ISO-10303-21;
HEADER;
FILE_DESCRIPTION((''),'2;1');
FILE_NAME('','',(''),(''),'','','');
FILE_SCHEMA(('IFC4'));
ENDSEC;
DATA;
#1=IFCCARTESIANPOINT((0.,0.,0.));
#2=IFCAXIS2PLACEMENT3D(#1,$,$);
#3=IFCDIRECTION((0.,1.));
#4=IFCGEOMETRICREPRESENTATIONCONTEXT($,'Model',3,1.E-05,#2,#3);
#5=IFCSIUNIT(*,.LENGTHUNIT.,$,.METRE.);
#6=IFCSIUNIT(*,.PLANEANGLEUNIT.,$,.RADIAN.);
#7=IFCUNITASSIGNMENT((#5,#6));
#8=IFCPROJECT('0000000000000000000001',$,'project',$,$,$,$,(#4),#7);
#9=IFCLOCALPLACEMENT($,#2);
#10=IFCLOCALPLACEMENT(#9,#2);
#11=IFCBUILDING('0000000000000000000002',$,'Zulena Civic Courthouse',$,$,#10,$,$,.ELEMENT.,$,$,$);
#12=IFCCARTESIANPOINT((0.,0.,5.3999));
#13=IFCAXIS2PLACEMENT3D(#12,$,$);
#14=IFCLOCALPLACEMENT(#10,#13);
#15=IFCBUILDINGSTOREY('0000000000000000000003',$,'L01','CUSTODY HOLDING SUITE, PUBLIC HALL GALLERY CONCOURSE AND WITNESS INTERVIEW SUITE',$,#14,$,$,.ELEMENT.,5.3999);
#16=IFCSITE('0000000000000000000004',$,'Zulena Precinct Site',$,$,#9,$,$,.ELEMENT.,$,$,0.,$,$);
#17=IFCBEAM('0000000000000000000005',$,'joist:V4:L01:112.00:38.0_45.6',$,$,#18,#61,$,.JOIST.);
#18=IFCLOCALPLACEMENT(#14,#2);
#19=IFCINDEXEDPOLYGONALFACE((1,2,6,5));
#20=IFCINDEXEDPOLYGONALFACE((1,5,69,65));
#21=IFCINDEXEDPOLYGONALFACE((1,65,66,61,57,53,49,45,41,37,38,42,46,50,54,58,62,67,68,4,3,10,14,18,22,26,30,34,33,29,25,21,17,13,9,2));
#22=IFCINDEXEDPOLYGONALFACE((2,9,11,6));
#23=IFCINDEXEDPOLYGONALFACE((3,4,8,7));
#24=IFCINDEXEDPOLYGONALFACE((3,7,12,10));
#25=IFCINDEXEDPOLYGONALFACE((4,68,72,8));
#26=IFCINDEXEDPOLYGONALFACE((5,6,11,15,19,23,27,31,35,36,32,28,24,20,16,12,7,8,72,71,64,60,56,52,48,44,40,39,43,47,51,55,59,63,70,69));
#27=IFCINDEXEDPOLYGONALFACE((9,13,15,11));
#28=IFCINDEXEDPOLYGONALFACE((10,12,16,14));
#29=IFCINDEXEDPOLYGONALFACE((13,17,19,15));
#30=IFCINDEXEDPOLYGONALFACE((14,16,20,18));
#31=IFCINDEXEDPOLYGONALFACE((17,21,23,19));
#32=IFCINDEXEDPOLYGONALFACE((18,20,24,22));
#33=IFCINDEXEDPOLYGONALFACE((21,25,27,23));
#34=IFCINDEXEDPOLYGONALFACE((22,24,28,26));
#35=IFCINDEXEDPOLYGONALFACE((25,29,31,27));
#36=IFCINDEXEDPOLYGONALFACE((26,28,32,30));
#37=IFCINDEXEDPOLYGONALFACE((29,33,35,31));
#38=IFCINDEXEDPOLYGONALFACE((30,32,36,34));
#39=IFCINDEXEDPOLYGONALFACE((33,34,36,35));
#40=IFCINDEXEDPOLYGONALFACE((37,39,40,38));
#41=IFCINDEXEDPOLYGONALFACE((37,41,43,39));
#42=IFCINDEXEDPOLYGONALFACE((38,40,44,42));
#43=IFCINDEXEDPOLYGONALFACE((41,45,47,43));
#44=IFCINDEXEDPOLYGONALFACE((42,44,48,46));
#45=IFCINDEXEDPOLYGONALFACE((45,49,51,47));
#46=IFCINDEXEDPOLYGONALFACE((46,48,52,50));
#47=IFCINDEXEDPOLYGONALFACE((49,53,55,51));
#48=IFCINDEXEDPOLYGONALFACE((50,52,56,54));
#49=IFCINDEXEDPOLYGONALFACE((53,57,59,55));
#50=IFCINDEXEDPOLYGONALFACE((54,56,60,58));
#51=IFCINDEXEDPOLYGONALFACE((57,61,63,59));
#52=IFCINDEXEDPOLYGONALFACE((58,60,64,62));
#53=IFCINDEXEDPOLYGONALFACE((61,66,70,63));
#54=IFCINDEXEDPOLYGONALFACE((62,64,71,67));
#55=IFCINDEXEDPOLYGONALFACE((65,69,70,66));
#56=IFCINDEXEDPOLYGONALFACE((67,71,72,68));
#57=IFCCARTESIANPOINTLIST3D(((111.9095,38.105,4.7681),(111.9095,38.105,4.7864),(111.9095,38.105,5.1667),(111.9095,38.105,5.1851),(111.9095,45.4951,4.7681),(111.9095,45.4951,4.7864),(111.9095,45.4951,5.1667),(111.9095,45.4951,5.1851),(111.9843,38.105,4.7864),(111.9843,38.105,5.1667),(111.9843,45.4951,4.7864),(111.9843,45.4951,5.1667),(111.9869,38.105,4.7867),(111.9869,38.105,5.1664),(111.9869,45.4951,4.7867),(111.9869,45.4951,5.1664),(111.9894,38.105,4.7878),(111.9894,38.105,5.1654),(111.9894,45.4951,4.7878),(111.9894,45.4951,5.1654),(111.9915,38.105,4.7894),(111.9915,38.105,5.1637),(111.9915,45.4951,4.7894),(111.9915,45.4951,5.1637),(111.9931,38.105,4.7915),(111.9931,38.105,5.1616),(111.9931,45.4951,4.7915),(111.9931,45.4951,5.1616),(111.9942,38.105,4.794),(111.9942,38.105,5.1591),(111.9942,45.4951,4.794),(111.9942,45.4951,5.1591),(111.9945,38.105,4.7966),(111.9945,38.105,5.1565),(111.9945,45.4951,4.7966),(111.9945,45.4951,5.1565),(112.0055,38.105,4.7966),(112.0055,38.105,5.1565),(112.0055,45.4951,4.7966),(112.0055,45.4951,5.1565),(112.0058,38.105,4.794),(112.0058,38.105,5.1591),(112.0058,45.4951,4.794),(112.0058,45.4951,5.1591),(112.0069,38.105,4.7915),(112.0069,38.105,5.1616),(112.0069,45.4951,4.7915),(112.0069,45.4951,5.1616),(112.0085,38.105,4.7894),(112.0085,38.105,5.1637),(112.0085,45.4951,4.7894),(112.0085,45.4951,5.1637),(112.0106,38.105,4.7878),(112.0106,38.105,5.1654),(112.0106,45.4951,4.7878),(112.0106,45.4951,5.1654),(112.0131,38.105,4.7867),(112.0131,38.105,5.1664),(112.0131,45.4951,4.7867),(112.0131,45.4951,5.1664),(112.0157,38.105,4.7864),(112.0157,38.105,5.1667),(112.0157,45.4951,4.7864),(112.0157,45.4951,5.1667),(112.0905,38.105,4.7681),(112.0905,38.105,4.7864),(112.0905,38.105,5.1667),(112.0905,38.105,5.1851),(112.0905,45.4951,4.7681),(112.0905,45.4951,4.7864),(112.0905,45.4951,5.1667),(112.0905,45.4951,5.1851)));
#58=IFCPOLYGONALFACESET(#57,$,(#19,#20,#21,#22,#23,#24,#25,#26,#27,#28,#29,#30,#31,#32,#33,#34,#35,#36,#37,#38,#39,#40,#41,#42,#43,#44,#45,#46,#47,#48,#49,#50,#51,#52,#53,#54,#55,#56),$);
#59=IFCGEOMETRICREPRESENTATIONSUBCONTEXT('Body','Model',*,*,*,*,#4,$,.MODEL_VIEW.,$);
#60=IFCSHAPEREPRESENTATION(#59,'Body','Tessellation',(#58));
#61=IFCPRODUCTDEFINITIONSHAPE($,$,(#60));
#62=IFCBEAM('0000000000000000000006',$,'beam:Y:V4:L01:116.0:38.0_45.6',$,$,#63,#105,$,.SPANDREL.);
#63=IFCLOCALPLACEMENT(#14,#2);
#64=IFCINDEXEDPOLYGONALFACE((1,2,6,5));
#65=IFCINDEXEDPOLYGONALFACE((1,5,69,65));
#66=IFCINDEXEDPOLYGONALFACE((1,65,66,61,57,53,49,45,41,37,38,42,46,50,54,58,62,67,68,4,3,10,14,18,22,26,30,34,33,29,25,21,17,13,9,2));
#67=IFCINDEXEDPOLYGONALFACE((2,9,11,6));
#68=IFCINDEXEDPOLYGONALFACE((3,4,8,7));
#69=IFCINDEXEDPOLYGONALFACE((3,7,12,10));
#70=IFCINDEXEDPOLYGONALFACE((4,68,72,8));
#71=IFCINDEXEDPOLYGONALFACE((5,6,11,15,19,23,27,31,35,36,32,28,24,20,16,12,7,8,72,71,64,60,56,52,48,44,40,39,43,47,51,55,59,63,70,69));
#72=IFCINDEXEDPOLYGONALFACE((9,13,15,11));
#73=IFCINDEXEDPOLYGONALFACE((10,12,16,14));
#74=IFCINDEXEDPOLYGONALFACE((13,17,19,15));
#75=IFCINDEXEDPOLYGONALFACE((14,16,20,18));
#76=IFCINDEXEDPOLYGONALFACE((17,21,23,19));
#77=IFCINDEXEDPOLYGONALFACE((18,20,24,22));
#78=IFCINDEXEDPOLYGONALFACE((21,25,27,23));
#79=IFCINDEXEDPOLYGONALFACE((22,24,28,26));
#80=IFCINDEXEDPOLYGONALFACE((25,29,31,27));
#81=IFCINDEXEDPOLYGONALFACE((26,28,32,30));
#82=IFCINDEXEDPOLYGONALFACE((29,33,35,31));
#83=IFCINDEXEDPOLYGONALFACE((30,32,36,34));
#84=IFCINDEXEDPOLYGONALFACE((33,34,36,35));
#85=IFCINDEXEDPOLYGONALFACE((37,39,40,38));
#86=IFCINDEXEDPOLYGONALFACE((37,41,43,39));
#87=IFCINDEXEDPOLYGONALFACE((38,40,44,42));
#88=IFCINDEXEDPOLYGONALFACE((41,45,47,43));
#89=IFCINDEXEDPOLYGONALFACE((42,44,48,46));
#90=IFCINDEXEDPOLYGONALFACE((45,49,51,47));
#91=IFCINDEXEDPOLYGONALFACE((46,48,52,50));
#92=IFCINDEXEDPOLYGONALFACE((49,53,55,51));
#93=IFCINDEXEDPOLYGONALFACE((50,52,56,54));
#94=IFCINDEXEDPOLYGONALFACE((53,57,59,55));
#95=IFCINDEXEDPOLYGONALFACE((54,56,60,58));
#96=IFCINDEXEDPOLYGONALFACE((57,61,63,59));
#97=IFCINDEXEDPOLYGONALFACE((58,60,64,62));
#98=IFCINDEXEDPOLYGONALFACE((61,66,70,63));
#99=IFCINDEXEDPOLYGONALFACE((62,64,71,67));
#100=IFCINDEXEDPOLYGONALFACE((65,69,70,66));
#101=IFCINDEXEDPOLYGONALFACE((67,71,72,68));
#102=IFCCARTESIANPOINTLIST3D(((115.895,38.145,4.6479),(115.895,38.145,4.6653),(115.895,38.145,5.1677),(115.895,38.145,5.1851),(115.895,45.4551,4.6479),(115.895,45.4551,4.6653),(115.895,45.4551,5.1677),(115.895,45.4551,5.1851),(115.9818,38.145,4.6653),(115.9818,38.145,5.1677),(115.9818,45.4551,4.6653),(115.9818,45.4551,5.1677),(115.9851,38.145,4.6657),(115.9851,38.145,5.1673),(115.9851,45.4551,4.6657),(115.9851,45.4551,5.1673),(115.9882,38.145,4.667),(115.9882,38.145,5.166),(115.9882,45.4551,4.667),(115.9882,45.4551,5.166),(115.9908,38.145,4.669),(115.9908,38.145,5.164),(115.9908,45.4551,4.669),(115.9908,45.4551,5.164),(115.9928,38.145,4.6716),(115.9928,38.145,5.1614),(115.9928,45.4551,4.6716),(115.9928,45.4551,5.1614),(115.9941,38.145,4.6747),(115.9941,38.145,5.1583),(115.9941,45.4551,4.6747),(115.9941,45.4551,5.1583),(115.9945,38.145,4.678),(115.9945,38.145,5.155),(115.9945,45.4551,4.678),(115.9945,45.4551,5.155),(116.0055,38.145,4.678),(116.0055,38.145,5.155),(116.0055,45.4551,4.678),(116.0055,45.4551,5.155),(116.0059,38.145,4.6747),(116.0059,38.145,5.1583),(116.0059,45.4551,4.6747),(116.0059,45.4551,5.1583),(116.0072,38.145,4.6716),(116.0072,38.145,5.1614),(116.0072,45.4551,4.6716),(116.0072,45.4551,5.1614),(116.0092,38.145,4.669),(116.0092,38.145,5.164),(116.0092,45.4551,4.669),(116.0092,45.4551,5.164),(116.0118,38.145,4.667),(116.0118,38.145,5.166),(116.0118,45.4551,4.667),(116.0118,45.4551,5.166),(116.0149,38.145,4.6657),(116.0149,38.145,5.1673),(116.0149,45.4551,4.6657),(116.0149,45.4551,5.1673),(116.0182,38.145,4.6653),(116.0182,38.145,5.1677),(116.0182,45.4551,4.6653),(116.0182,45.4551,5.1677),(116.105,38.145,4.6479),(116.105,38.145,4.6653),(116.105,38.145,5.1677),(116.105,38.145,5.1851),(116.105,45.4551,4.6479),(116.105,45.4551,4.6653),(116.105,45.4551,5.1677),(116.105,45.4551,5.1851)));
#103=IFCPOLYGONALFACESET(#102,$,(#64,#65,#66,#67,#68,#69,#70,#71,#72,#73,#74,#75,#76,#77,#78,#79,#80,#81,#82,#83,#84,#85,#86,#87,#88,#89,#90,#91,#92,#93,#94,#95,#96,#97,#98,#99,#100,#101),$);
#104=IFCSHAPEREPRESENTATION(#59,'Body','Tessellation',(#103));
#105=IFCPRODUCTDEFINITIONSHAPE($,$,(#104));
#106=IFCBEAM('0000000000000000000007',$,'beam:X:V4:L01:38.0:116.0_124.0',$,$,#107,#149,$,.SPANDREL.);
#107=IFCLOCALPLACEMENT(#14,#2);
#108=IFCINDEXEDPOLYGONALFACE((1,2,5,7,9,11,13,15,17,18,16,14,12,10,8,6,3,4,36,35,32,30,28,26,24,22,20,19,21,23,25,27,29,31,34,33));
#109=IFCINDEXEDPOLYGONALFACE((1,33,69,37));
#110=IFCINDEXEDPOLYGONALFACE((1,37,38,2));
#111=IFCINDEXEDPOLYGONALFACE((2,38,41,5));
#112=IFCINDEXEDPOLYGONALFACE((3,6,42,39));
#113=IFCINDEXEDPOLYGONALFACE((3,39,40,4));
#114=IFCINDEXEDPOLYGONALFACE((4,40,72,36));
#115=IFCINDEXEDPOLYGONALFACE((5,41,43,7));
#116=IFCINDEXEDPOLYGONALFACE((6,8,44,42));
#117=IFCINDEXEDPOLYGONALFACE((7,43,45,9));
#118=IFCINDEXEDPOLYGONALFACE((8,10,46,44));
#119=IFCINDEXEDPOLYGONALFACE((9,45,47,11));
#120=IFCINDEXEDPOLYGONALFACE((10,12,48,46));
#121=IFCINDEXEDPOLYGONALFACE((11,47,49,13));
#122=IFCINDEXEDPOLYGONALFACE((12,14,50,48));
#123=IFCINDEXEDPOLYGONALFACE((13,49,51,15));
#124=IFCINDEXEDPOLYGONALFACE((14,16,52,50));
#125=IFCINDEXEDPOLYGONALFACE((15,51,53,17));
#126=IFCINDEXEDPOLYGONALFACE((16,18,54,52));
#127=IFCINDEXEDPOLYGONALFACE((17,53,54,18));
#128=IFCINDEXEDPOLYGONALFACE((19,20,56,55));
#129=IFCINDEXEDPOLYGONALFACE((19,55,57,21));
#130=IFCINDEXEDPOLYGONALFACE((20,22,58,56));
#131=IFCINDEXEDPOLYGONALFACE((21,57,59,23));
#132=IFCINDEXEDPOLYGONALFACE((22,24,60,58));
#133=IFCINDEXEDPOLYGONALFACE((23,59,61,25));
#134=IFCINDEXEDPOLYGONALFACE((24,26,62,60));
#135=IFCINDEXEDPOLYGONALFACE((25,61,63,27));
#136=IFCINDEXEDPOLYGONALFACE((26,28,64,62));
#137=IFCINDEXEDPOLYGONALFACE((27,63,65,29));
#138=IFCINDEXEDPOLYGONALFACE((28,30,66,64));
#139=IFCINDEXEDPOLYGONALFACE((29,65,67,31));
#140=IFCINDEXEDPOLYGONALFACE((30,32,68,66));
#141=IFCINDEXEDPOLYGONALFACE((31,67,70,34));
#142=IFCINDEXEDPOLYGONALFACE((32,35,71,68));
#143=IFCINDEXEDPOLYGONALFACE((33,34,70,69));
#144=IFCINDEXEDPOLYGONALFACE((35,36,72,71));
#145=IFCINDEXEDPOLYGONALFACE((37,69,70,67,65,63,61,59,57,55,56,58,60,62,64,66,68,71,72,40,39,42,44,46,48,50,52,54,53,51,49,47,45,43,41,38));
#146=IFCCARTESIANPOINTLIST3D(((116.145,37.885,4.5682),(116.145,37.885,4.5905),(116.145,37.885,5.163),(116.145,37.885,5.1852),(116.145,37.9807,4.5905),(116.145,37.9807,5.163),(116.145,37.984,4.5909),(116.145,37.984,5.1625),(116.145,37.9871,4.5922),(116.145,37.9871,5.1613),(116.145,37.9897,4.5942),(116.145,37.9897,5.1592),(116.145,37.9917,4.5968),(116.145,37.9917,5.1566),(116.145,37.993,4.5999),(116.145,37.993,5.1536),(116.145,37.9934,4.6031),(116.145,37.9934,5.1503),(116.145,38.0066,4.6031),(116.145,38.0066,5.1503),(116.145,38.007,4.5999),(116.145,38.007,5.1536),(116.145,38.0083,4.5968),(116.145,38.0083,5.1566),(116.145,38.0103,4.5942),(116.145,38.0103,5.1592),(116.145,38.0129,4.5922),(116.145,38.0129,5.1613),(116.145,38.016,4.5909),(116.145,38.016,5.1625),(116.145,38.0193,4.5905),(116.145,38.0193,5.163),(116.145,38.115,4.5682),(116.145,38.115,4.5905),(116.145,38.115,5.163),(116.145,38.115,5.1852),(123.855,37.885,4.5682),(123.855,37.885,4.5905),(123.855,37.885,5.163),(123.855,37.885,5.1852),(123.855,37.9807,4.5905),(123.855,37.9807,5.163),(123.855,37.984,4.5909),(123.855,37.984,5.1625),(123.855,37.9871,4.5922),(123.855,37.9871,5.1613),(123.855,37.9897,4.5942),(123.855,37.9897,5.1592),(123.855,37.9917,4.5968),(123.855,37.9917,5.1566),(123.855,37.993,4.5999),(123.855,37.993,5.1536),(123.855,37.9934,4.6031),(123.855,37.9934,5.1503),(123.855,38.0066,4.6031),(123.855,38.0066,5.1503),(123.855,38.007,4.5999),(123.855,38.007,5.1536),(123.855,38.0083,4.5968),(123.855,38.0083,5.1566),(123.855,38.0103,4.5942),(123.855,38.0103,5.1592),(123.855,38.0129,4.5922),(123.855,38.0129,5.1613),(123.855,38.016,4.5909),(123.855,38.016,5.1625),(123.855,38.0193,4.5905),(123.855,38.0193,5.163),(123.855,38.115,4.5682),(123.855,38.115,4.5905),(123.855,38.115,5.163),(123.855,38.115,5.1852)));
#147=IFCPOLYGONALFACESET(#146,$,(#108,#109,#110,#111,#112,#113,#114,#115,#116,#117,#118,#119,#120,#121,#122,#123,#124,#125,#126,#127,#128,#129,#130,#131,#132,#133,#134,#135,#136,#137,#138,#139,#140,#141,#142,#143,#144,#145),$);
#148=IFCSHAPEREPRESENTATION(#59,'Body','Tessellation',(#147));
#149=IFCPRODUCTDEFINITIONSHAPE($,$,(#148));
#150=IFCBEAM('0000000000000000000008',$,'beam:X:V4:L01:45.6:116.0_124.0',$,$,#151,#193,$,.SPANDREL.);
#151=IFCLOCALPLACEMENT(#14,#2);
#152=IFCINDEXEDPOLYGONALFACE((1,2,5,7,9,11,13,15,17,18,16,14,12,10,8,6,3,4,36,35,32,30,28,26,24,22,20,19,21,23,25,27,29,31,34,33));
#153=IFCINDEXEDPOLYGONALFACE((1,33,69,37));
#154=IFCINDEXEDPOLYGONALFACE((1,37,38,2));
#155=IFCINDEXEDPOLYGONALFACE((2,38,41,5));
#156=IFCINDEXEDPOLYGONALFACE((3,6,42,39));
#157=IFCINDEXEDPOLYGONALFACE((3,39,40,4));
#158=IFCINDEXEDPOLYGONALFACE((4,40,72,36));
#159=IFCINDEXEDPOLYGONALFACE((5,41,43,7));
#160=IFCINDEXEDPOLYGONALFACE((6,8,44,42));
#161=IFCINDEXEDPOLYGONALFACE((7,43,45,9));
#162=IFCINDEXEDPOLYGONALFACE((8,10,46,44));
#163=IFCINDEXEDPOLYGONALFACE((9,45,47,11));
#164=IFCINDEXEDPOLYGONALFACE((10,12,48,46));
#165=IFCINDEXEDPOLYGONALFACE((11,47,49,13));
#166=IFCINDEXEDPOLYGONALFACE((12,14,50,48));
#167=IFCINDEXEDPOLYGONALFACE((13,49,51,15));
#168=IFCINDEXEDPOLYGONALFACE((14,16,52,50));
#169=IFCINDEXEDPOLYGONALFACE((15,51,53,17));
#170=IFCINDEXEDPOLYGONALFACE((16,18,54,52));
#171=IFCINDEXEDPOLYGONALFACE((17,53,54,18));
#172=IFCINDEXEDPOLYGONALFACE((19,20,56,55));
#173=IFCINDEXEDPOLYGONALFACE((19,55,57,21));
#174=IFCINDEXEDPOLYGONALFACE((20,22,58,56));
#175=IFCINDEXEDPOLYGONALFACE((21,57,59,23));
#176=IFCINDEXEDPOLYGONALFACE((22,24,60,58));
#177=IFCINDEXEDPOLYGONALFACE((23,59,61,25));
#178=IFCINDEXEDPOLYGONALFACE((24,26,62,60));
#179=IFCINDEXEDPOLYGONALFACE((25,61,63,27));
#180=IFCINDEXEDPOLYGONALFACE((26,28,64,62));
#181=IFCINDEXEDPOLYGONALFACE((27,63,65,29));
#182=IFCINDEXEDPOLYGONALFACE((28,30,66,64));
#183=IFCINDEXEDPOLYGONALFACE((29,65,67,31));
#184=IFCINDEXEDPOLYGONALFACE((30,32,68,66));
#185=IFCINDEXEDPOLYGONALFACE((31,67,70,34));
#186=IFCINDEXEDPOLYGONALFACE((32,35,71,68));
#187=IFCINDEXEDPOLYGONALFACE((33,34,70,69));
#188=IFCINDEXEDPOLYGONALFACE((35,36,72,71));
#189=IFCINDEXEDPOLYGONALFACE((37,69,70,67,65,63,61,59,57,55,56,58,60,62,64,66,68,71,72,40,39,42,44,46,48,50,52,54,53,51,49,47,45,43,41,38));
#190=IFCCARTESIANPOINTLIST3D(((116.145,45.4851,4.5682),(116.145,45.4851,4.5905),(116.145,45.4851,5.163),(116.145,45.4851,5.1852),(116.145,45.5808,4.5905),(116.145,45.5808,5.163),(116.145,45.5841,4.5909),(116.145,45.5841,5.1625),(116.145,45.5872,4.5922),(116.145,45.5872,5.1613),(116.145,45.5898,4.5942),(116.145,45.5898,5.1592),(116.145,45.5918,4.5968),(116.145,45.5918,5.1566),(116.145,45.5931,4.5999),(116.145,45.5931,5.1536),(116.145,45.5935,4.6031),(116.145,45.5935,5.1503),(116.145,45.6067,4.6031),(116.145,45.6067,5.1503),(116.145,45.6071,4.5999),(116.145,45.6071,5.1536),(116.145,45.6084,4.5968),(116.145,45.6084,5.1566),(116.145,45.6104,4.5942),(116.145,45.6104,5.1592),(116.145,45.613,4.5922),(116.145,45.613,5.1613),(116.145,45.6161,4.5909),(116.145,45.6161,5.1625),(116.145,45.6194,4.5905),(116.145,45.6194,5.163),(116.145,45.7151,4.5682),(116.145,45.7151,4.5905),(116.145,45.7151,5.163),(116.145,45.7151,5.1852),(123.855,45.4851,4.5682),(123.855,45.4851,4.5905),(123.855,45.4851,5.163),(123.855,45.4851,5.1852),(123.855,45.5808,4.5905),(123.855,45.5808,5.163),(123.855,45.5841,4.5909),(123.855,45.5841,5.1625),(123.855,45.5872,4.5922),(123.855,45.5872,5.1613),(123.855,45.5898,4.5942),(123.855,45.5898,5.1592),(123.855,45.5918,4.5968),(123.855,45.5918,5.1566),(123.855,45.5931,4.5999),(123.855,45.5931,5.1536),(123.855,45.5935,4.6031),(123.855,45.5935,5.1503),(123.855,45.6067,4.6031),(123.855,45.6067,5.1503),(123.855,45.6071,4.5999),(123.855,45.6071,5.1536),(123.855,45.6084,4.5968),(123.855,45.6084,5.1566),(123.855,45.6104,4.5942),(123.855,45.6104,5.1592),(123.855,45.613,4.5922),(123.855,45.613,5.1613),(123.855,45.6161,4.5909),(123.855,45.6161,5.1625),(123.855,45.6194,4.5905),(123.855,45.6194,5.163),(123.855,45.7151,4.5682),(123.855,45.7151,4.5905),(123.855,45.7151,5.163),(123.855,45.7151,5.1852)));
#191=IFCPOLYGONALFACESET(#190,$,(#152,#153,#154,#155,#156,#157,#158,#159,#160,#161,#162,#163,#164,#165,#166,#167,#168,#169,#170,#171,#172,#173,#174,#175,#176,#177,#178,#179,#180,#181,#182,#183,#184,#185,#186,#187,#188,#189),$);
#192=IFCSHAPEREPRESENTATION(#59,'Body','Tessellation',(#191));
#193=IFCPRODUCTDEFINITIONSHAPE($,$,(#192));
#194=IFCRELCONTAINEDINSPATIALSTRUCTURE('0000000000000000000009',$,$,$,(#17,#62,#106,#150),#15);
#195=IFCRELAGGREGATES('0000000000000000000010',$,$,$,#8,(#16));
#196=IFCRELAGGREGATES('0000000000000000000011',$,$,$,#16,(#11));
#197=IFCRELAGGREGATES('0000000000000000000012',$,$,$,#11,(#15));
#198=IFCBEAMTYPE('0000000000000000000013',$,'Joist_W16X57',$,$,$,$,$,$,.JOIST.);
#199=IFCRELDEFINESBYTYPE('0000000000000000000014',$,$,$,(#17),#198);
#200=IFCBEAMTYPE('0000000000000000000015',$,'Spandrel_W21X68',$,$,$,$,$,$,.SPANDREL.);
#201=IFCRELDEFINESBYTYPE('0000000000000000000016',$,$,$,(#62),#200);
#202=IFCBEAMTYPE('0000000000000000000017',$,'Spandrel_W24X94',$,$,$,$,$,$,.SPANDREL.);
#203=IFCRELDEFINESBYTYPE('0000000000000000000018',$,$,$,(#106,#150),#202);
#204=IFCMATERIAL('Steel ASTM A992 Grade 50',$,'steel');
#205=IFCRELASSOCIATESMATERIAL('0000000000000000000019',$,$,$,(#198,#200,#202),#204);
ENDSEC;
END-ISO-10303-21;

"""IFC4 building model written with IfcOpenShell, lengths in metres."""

from ifc_helpers import new_model, si_unit, direction, frame, origin, origin_2d, place, context, subcontext, project, spatial, i_section, extrude, material, material_profile, profile_set, type_object, element, save


model = new_model("IFC4")

# Units and contexts
model_context = context("Model", 3, precision=1e-05, world=origin(), true_north=direction((0.0, 1.0)))
body_context = subcontext(model_context, "Body", "Model", "MODEL_VIEW")
ifc_project = project(units=[si_unit("LENGTHUNIT", "METRE"), si_unit("PLANEANGLEUNIT", "RADIAN")], contexts=[model_context])

# Site, building, storey
site_placement = place(None, origin())
site = spatial("IfcSite", under=ifc_project, at=site_placement, Name="Zulena Precinct Site", CompositionType="ELEMENT", RefElevation=0.0)
building_placement = place(site_placement, origin())
building = spatial("IfcBuilding", under=site, at=building_placement, Name="Zulena Civic Courthouse", CompositionType="ELEMENT")
storey_placement = place(building_placement, frame((0.0, 0.0, 5.3999)))
storey = spatial("IfcBuildingStorey", under=building, at=storey_placement, Name="L01", Description="CUSTODY HOLDING SUITE, PUBLIC HALL GALLERY CONCOURSE AND WITNESS INTERVIEW SUITE", CompositionType="ELEMENT", Elevation=5.3999)

# Shared definitions
ifc_material_1 = material(Name="Steel ASTM A992 Grade 50", Category="steel")

# Beams
ifc_material_profile_1 = material_profile(ifc_material_1, i_section(OverallWidth=0.1809, OverallDepth=0.417, WebThickness=0.011, FlangeThickness=0.0183, FilletRadius=0.0103, at=origin_2d()), Name="W16X57")
ifc_profile_set_1 = profile_set([ifc_material_profile_1], Name="Steel ASTM A992 Grade 50")
beam_type_1 = type_object("IfcBeamType", Name="Joist_W16X57", PredefinedType="JOIST", material=ifc_profile_set_1)
beam_1_placement = place(storey_placement, frame((112.0, 38.105, 4.9766), z_axis=(0.0, 1.0, 0.0), x_axis=(-1.0, 0.0, 0.0)))
element("IfcBeam", 1, at=beam_1_placement, inside=storey, type_object=beam_type_1, Name="joist:V4:L01:112.00:38.0_45.6", PredefinedType="JOIST", context=body_context, shape_type="SweptSolid", body=[
    extrude(i_section(OverallWidth=0.1809, OverallDepth=0.417, WebThickness=0.011, FlangeThickness=0.0183, FilletRadius=0.0103, at=origin_2d()), origin(), (0.0, 0.0, 1.0), 7.3901),
])
ifc_material_profile_2 = material_profile(ifc_material_1, i_section(OverallWidth=0.21, OverallDepth=0.5371, WebThickness=0.011, FlangeThickness=0.0173, FilletRadius=0.0127, at=origin_2d()), Name="W21X68")
ifc_profile_set_2 = profile_set([ifc_material_profile_2], Name="Steel ASTM A992 Grade 50")
beam_type_2 = type_object("IfcBeamType", Name="Spandrel_W21X68", PredefinedType="SPANDREL", material=ifc_profile_set_2)
beam_2_placement = place(storey_placement, frame((116.0, 38.145, 4.9165), z_axis=(0.0, 1.0, 0.0), x_axis=(-1.0, 0.0, 0.0)))
element("IfcBeam", 2, at=beam_2_placement, inside=storey, type_object=beam_type_2, Name="beam:Y:V4:L01:116.0:38.0_45.6", PredefinedType="SPANDREL", context=body_context, shape_type="SweptSolid", body=[
    extrude(i_section(OverallWidth=0.21, OverallDepth=0.5371, WebThickness=0.011, FlangeThickness=0.0173, FilletRadius=0.0127, at=origin_2d()), origin(), (0.0, 0.0, 1.0), 7.3101),
])
ifc_material_profile_3 = material_profile(ifc_material_1, i_section(OverallWidth=0.23, OverallDepth=0.6169, WebThickness=0.0132, FlangeThickness=0.0222, FilletRadius=0.0127, at=origin_2d()), Name="W24X94")
ifc_profile_set_3 = profile_set([ifc_material_profile_3], Name="Steel ASTM A992 Grade 50")
beam_type_3 = type_object("IfcBeamType", Name="Spandrel_W24X94", PredefinedType="SPANDREL", material=ifc_profile_set_3)
for number, where, z_axis, x_axis, name in (
    (3, (116.145, 38.0, 4.8767), (1.0, 0.0, 0.0), (0.0, 1.0, 0.0), "beam:X:V4:L01:38.0:116.0_124.0"),
    (4, (116.145, 45.6001, 4.8767), (1.0, 0.0, 0.0), (0.0, 1.0, 0.0), "beam:X:V4:L01:45.6:116.0_124.0"),
):
    element("IfcBeam", number, at=place(storey_placement, frame(where, z_axis=z_axis, x_axis=x_axis)), inside=storey, type_object=beam_type_3, Name=name, PredefinedType="SPANDREL", context=body_context, shape_type="SweptSolid", body=[
        extrude(i_section(OverallWidth=0.23, OverallDepth=0.6169, WebThickness=0.0132, FlangeThickness=0.0222, FilletRadius=0.0127, at=origin_2d()), origin(), (0.0, 0.0, 1.0), 7.71),
    ])

save(model, "model.ifc")
